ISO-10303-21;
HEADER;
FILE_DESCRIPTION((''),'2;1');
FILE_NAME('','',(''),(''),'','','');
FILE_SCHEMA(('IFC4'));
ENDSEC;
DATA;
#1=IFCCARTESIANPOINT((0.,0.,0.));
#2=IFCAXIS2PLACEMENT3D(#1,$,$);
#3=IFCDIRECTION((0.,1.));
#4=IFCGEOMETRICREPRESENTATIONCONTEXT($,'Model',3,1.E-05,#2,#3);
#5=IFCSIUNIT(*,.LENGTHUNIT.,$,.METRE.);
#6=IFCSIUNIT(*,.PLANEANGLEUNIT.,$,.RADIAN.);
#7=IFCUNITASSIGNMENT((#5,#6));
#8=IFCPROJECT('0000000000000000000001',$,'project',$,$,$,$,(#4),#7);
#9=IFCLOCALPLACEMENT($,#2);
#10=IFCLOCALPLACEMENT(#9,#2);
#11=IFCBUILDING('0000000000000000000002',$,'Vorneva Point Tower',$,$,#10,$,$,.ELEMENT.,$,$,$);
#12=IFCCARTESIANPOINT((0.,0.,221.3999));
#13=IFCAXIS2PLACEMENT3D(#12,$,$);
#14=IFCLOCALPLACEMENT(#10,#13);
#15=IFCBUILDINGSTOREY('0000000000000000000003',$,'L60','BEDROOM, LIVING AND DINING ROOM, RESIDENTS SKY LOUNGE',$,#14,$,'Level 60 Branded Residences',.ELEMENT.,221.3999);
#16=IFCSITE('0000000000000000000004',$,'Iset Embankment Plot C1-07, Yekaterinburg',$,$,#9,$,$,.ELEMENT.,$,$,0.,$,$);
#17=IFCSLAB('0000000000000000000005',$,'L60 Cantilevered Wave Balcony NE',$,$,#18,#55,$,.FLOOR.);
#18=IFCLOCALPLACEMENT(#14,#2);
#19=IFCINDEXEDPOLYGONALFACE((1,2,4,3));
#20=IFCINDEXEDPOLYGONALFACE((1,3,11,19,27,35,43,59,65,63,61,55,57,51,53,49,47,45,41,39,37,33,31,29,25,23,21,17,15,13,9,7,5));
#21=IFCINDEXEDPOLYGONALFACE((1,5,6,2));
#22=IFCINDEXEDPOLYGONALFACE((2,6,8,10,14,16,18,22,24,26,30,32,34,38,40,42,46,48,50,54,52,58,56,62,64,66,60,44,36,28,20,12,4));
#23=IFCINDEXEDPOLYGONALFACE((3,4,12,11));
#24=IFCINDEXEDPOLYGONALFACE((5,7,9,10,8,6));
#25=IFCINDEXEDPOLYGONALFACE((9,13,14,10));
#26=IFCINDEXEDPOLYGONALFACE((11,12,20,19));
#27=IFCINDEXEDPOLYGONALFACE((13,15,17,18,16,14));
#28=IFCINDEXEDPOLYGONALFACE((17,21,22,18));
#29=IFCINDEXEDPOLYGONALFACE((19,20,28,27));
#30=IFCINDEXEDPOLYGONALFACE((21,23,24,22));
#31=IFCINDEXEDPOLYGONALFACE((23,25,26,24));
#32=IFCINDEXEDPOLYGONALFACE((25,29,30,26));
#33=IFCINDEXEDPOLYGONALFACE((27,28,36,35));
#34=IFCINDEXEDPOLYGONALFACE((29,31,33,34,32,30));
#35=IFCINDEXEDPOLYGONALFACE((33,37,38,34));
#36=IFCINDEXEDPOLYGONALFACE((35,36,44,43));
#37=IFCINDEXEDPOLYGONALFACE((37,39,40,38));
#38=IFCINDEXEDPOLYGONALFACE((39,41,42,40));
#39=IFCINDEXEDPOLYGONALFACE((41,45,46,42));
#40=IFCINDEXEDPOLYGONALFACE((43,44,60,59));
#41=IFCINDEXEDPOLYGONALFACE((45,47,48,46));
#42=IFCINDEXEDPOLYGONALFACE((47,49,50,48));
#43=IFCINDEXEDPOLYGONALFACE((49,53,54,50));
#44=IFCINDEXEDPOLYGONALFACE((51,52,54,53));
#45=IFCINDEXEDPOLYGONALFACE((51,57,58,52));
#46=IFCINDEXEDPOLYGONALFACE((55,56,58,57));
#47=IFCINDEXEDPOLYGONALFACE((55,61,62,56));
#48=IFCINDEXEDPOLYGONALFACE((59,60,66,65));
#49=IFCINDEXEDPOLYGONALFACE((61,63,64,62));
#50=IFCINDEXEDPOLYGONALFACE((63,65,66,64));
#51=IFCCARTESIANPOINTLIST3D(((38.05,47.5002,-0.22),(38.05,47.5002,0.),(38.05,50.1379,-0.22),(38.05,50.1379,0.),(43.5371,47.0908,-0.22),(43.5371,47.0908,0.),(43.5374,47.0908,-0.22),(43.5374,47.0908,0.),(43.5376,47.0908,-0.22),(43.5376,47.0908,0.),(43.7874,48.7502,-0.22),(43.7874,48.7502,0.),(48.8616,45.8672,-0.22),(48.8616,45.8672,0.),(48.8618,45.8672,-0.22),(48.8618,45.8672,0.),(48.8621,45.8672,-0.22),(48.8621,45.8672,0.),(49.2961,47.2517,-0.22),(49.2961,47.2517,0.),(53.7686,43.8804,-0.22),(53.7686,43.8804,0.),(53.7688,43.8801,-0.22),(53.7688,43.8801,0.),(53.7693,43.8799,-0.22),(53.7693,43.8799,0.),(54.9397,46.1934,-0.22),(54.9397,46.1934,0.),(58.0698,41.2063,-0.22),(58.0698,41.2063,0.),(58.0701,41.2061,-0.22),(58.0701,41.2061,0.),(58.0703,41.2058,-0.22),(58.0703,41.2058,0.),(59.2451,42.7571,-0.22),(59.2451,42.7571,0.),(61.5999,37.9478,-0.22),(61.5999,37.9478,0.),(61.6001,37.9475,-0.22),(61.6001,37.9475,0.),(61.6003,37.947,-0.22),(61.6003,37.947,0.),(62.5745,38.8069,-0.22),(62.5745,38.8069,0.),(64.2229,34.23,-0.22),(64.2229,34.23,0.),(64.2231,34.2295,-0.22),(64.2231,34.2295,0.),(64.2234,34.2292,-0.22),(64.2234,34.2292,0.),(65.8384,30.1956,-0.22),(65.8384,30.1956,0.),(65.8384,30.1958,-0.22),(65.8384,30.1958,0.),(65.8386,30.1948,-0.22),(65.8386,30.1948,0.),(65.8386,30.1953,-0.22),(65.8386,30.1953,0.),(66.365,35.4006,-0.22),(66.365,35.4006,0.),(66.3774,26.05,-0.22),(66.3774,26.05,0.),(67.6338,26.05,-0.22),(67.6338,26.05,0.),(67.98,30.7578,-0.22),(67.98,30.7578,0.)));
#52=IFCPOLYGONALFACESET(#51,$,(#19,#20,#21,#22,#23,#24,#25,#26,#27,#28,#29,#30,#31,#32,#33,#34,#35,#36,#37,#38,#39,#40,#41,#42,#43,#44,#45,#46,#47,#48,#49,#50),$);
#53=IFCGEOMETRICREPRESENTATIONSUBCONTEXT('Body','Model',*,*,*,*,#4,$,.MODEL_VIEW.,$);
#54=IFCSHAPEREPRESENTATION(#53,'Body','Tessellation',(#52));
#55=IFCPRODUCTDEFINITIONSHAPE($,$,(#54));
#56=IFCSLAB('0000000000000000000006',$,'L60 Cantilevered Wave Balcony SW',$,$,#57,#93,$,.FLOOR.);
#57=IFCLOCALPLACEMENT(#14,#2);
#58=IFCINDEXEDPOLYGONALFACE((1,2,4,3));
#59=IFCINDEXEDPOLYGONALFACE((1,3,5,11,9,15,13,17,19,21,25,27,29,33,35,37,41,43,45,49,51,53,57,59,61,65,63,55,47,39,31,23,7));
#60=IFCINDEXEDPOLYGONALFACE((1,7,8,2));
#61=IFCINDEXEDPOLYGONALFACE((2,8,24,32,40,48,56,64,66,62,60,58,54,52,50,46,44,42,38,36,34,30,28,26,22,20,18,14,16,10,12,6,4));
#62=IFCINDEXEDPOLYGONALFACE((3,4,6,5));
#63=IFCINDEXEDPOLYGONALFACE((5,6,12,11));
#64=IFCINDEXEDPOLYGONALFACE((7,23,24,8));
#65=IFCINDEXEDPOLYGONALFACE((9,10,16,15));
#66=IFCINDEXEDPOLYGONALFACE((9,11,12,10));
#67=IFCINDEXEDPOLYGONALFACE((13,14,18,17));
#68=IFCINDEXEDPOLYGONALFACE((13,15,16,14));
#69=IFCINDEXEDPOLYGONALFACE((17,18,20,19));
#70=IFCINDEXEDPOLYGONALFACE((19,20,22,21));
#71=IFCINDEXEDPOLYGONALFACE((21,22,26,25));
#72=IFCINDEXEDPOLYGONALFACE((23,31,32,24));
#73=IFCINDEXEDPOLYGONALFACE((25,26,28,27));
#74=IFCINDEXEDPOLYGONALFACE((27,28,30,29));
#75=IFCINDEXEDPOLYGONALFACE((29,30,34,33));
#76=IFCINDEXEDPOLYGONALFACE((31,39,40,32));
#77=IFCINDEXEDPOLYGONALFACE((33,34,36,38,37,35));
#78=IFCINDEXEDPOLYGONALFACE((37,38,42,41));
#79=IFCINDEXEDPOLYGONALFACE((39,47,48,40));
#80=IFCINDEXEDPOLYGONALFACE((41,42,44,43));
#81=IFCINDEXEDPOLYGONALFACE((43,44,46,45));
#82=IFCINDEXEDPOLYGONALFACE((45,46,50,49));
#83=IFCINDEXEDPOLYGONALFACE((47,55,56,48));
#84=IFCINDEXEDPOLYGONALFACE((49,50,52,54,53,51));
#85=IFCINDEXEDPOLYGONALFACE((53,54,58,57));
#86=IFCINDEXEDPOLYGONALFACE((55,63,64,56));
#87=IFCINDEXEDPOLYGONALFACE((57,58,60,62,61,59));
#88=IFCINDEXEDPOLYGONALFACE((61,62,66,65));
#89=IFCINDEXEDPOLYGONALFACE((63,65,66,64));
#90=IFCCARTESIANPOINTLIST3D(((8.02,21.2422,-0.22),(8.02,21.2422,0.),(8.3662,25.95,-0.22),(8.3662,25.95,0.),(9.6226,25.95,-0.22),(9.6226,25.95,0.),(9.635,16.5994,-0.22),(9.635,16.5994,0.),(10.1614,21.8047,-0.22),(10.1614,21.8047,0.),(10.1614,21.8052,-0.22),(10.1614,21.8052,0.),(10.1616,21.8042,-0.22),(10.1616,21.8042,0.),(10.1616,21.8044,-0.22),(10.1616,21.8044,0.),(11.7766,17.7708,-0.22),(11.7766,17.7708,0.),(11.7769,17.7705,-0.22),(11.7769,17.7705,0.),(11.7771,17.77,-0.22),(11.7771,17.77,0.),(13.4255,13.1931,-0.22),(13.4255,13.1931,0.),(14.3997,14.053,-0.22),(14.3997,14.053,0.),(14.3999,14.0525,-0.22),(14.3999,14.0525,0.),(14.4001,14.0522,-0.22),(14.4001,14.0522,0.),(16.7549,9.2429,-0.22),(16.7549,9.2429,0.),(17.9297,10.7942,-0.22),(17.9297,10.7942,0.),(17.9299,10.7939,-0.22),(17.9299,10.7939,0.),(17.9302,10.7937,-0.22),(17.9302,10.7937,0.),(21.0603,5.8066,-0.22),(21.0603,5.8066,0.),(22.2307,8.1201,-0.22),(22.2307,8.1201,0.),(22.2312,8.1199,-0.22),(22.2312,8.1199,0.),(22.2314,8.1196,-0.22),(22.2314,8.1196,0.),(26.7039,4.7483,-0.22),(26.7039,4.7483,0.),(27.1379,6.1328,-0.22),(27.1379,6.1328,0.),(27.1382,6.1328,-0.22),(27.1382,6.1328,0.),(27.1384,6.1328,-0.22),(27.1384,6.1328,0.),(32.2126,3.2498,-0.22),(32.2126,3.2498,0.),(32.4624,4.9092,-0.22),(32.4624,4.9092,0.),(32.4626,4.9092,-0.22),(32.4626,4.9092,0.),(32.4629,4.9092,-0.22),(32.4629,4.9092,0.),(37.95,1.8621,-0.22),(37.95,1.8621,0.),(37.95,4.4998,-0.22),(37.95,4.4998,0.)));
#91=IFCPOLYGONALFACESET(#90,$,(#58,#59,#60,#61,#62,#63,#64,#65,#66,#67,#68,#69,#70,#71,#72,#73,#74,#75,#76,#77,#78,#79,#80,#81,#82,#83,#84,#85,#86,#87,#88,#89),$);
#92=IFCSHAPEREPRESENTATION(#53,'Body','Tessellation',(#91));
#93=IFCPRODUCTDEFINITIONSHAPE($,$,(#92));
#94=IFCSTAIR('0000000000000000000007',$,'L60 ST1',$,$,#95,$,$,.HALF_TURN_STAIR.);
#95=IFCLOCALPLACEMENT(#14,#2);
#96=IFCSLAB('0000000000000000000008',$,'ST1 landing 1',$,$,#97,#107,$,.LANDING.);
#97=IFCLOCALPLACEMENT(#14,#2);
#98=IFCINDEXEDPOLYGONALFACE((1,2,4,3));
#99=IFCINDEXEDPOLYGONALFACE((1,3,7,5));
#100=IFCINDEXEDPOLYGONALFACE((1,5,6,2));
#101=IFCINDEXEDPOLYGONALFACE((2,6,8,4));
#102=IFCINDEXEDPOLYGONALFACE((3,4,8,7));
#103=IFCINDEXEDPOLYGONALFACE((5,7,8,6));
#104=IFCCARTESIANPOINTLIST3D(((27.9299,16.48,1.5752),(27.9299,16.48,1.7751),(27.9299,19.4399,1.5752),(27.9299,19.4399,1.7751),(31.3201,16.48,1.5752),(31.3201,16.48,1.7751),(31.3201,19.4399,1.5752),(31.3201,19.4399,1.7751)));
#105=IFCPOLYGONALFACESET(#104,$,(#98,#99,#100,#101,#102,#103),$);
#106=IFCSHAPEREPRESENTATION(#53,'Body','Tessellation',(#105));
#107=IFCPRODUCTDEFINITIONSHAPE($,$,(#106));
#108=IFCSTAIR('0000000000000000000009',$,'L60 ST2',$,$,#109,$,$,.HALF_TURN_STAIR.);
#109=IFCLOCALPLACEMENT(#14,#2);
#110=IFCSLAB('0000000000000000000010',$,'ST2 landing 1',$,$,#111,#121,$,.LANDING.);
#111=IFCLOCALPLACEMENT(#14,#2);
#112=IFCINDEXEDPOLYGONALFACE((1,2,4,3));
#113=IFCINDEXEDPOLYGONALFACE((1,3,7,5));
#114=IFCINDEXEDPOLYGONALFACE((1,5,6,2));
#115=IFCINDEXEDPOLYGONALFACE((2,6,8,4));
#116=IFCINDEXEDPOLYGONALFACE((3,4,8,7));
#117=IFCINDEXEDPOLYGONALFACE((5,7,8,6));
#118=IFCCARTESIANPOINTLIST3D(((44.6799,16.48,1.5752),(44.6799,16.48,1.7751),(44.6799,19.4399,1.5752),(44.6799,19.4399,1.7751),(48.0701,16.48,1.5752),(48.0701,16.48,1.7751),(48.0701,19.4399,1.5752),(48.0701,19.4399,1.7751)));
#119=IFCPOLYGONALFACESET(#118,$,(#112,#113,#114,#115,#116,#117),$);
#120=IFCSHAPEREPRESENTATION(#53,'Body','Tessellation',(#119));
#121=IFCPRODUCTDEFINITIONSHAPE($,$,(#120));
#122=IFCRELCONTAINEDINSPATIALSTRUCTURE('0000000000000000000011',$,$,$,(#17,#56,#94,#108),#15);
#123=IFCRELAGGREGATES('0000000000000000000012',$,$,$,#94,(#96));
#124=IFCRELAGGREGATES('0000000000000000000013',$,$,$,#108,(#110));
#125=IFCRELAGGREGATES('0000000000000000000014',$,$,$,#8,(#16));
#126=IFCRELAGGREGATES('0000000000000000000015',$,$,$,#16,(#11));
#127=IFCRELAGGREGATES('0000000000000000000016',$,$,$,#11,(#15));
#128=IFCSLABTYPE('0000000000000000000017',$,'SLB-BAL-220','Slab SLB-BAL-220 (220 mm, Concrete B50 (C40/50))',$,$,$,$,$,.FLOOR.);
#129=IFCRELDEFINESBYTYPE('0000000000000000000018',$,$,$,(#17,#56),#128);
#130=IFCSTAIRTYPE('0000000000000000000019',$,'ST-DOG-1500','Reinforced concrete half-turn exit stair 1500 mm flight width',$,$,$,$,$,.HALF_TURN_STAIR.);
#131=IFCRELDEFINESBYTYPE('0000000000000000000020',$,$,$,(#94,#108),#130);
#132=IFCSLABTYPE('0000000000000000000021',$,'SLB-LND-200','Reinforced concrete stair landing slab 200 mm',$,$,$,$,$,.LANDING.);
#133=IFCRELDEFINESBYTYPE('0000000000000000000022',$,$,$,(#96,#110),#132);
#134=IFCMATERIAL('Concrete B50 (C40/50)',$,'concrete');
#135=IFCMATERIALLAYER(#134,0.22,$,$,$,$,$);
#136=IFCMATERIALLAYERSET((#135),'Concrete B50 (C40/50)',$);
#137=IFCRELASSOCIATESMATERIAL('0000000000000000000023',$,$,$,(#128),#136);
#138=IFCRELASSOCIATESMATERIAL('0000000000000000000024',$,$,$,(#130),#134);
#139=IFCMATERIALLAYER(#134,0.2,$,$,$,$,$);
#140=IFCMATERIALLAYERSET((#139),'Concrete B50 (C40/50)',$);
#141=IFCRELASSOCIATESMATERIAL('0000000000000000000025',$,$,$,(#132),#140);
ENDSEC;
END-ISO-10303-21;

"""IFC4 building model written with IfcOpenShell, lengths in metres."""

from ifc_helpers import new_model, si_unit, direction, frame, origin, place, context, subcontext, project, spatial, polyline, outline, extrude, material, layer, layer_set, type_object, element, aggregate, save


model = new_model("IFC4")

# Units and contexts
model_context = context("Model", 3, precision=1e-05, world=origin(), true_north=direction((0.0, 1.0)))
body_context = subcontext(model_context, "Body", "Model", "MODEL_VIEW")
ifc_project = project(units=[si_unit("LENGTHUNIT", "METRE"), si_unit("PLANEANGLEUNIT", "RADIAN")], contexts=[model_context])

# Site, building, storey
site_placement = place(None, origin())
site = spatial("IfcSite", under=ifc_project, at=site_placement, Name="Iset Embankment Plot C1-07, Yekaterinburg", CompositionType="ELEMENT", RefElevation=0.0)
building_placement = place(site_placement, origin())
building = spatial("IfcBuilding", under=site, at=building_placement, Name="Vorneva Point Tower", CompositionType="ELEMENT")
storey_placement = place(building_placement, frame((0.0, 0.0, 221.3999)))
storey = spatial("IfcBuildingStorey", under=building, at=storey_placement, Name="L60", Description="BEDROOM, LIVING AND DINING ROOM, RESIDENTS SKY LOUNGE", LongName="Level 60 Branded Residences", CompositionType="ELEMENT", Elevation=221.3999)

# Shared definitions
ifc_material_1 = material(Name="Concrete B50 (C40/50)", Category="concrete")

# Slabs
ifc_layer_1 = layer(ifc_material_1, 0.22)
ifc_layer_set_1 = layer_set([ifc_layer_1], Name="Concrete B50 (C40/50)")
slab_type_1 = type_object("IfcSlabType", Name="SLB-BAL-220", Description="Slab SLB-BAL-220 (220 mm, Concrete B50 (C40/50))", PredefinedType="FLOOR", material=ifc_layer_set_1)
slab_1_placement = place(storey_placement, frame((0.0, 0.0, -0.22)))
element("IfcSlab", 1, at=slab_1_placement, inside=storey, type_object=slab_type_1, Name="L60 Cantilevered Wave Balcony NE", PredefinedType="FLOOR", context=body_context, shape_type="SweptSolid", body=[
    extrude(outline(polyline([(38.05, 50.1379), (38.05, 47.5002), (43.5371, 47.0908), (43.5374, 47.0908), (43.5376, 47.0908), (48.8616, 45.8672), (48.8618, 45.8672), (48.8621, 45.8672), (53.7686, 43.8804), (53.7688, 43.8801), (53.7693, 43.8799), (58.0698, 41.2063), (58.0701, 41.2061), (58.0703, 41.2058), (61.5999, 37.9478), (61.6001, 37.9475), (61.6003, 37.947), (64.2229, 34.23), (64.2231, 34.2295), (64.2234, 34.2292), (65.8384, 30.1958), (65.8384, 30.1956), (65.8386, 30.1953), (65.8386, 30.1948), (66.3774, 26.05), (67.6338, 26.05), (67.98, 30.7578), (66.365, 35.4006), (62.5745, 38.8069), (59.2451, 42.7571), (54.9397, 46.1934), (49.2961, 47.2517), (43.7874, 48.7502), (38.05, 50.1379)])), origin(), (0.0, 0.0, 1.0), 0.22),
])
slab_2_placement = place(storey_placement, frame((0.0, 0.0, -0.22)))
element("IfcSlab", 2, at=slab_2_placement, inside=storey, type_object=slab_type_1, Name="L60 Cantilevered Wave Balcony SW", PredefinedType="FLOOR", context=body_context, shape_type="SweptSolid", body=[
    extrude(outline(polyline([(37.95, 1.8621), (37.95, 4.4998), (32.4629, 4.9092), (32.4626, 4.9092), (32.4624, 4.9092), (27.1384, 6.1328), (27.1382, 6.1328), (27.1379, 6.1328), (22.2314, 8.1196), (22.2312, 8.1199), (22.2307, 8.1201), (17.9302, 10.7937), (17.9299, 10.7939), (17.9297, 10.7942), (14.4001, 14.0522), (14.3999, 14.0525), (14.3997, 14.053), (11.7771, 17.77), (11.7769, 17.7705), (11.7766, 17.7708), (10.1616, 21.8042), (10.1616, 21.8044), (10.1614, 21.8047), (10.1614, 21.8052), (9.6226, 25.95), (8.3662, 25.95), (8.02, 21.2422), (9.635, 16.5994), (13.4255, 13.1931), (16.7549, 9.2429), (21.0603, 5.8066), (26.7039, 4.7483), (32.2126, 3.2498), (37.95, 1.8621)])), origin(), (0.0, 0.0, 1.0), 0.22),
])

# Stairs, slabs
stair_type = type_object("IfcStairType", Name="ST-DOG-1500", Description="Reinforced concrete half-turn exit stair 1500 mm flight width", PredefinedType="HALF_TURN_STAIR", material=ifc_material_1)
stair_1_placement = place(storey_placement, origin())
stair_1 = element("IfcStair", 3, at=stair_1_placement, inside=storey, type_object=stair_type, Name="L60 ST1", PredefinedType="HALF_TURN_STAIR")
ifc_layer_2 = layer(ifc_material_1, 0.2)
ifc_layer_set_2 = layer_set([ifc_layer_2], Name="Concrete B50 (C40/50)")
slab_type_2 = type_object("IfcSlabType", Name="SLB-LND-200", Description="Reinforced concrete stair landing slab 200 mm", PredefinedType="LANDING", material=ifc_layer_set_2)
slab_3_placement = place(storey_placement, frame((0.0, 0.0, 1.5752)))
slab_3 = element("IfcSlab", 4, at=slab_3_placement, type_object=slab_type_2, Name="ST1 landing 1", PredefinedType="LANDING", context=body_context, shape_type="SweptSolid", body=[
    extrude(outline(polyline([(27.9299, 16.48), (31.3201, 16.48), (31.3201, 19.4399), (27.9299, 19.4399), (27.9299, 16.48)])), origin(), (0.0, 0.0, 1.0), 0.2),
])
aggregate(stair_1, [slab_3])
stair_2_placement = place(storey_placement, origin())
stair_2 = element("IfcStair", 5, at=stair_2_placement, inside=storey, type_object=stair_type, Name="L60 ST2", PredefinedType="HALF_TURN_STAIR")
slab_4_placement = place(storey_placement, frame((0.0, 0.0, 1.5752)))
slab_4 = element("IfcSlab", 6, at=slab_4_placement, type_object=slab_type_2, Name="ST2 landing 1", PredefinedType="LANDING", context=body_context, shape_type="SweptSolid", body=[
    extrude(outline(polyline([(44.6799, 16.48), (48.0701, 16.48), (48.0701, 19.4399), (44.6799, 19.4399), (44.6799, 16.48)])), origin(), (0.0, 0.0, 1.0), 0.2),
])
aggregate(stair_2, [slab_4])

save(model, "model.ifc")
